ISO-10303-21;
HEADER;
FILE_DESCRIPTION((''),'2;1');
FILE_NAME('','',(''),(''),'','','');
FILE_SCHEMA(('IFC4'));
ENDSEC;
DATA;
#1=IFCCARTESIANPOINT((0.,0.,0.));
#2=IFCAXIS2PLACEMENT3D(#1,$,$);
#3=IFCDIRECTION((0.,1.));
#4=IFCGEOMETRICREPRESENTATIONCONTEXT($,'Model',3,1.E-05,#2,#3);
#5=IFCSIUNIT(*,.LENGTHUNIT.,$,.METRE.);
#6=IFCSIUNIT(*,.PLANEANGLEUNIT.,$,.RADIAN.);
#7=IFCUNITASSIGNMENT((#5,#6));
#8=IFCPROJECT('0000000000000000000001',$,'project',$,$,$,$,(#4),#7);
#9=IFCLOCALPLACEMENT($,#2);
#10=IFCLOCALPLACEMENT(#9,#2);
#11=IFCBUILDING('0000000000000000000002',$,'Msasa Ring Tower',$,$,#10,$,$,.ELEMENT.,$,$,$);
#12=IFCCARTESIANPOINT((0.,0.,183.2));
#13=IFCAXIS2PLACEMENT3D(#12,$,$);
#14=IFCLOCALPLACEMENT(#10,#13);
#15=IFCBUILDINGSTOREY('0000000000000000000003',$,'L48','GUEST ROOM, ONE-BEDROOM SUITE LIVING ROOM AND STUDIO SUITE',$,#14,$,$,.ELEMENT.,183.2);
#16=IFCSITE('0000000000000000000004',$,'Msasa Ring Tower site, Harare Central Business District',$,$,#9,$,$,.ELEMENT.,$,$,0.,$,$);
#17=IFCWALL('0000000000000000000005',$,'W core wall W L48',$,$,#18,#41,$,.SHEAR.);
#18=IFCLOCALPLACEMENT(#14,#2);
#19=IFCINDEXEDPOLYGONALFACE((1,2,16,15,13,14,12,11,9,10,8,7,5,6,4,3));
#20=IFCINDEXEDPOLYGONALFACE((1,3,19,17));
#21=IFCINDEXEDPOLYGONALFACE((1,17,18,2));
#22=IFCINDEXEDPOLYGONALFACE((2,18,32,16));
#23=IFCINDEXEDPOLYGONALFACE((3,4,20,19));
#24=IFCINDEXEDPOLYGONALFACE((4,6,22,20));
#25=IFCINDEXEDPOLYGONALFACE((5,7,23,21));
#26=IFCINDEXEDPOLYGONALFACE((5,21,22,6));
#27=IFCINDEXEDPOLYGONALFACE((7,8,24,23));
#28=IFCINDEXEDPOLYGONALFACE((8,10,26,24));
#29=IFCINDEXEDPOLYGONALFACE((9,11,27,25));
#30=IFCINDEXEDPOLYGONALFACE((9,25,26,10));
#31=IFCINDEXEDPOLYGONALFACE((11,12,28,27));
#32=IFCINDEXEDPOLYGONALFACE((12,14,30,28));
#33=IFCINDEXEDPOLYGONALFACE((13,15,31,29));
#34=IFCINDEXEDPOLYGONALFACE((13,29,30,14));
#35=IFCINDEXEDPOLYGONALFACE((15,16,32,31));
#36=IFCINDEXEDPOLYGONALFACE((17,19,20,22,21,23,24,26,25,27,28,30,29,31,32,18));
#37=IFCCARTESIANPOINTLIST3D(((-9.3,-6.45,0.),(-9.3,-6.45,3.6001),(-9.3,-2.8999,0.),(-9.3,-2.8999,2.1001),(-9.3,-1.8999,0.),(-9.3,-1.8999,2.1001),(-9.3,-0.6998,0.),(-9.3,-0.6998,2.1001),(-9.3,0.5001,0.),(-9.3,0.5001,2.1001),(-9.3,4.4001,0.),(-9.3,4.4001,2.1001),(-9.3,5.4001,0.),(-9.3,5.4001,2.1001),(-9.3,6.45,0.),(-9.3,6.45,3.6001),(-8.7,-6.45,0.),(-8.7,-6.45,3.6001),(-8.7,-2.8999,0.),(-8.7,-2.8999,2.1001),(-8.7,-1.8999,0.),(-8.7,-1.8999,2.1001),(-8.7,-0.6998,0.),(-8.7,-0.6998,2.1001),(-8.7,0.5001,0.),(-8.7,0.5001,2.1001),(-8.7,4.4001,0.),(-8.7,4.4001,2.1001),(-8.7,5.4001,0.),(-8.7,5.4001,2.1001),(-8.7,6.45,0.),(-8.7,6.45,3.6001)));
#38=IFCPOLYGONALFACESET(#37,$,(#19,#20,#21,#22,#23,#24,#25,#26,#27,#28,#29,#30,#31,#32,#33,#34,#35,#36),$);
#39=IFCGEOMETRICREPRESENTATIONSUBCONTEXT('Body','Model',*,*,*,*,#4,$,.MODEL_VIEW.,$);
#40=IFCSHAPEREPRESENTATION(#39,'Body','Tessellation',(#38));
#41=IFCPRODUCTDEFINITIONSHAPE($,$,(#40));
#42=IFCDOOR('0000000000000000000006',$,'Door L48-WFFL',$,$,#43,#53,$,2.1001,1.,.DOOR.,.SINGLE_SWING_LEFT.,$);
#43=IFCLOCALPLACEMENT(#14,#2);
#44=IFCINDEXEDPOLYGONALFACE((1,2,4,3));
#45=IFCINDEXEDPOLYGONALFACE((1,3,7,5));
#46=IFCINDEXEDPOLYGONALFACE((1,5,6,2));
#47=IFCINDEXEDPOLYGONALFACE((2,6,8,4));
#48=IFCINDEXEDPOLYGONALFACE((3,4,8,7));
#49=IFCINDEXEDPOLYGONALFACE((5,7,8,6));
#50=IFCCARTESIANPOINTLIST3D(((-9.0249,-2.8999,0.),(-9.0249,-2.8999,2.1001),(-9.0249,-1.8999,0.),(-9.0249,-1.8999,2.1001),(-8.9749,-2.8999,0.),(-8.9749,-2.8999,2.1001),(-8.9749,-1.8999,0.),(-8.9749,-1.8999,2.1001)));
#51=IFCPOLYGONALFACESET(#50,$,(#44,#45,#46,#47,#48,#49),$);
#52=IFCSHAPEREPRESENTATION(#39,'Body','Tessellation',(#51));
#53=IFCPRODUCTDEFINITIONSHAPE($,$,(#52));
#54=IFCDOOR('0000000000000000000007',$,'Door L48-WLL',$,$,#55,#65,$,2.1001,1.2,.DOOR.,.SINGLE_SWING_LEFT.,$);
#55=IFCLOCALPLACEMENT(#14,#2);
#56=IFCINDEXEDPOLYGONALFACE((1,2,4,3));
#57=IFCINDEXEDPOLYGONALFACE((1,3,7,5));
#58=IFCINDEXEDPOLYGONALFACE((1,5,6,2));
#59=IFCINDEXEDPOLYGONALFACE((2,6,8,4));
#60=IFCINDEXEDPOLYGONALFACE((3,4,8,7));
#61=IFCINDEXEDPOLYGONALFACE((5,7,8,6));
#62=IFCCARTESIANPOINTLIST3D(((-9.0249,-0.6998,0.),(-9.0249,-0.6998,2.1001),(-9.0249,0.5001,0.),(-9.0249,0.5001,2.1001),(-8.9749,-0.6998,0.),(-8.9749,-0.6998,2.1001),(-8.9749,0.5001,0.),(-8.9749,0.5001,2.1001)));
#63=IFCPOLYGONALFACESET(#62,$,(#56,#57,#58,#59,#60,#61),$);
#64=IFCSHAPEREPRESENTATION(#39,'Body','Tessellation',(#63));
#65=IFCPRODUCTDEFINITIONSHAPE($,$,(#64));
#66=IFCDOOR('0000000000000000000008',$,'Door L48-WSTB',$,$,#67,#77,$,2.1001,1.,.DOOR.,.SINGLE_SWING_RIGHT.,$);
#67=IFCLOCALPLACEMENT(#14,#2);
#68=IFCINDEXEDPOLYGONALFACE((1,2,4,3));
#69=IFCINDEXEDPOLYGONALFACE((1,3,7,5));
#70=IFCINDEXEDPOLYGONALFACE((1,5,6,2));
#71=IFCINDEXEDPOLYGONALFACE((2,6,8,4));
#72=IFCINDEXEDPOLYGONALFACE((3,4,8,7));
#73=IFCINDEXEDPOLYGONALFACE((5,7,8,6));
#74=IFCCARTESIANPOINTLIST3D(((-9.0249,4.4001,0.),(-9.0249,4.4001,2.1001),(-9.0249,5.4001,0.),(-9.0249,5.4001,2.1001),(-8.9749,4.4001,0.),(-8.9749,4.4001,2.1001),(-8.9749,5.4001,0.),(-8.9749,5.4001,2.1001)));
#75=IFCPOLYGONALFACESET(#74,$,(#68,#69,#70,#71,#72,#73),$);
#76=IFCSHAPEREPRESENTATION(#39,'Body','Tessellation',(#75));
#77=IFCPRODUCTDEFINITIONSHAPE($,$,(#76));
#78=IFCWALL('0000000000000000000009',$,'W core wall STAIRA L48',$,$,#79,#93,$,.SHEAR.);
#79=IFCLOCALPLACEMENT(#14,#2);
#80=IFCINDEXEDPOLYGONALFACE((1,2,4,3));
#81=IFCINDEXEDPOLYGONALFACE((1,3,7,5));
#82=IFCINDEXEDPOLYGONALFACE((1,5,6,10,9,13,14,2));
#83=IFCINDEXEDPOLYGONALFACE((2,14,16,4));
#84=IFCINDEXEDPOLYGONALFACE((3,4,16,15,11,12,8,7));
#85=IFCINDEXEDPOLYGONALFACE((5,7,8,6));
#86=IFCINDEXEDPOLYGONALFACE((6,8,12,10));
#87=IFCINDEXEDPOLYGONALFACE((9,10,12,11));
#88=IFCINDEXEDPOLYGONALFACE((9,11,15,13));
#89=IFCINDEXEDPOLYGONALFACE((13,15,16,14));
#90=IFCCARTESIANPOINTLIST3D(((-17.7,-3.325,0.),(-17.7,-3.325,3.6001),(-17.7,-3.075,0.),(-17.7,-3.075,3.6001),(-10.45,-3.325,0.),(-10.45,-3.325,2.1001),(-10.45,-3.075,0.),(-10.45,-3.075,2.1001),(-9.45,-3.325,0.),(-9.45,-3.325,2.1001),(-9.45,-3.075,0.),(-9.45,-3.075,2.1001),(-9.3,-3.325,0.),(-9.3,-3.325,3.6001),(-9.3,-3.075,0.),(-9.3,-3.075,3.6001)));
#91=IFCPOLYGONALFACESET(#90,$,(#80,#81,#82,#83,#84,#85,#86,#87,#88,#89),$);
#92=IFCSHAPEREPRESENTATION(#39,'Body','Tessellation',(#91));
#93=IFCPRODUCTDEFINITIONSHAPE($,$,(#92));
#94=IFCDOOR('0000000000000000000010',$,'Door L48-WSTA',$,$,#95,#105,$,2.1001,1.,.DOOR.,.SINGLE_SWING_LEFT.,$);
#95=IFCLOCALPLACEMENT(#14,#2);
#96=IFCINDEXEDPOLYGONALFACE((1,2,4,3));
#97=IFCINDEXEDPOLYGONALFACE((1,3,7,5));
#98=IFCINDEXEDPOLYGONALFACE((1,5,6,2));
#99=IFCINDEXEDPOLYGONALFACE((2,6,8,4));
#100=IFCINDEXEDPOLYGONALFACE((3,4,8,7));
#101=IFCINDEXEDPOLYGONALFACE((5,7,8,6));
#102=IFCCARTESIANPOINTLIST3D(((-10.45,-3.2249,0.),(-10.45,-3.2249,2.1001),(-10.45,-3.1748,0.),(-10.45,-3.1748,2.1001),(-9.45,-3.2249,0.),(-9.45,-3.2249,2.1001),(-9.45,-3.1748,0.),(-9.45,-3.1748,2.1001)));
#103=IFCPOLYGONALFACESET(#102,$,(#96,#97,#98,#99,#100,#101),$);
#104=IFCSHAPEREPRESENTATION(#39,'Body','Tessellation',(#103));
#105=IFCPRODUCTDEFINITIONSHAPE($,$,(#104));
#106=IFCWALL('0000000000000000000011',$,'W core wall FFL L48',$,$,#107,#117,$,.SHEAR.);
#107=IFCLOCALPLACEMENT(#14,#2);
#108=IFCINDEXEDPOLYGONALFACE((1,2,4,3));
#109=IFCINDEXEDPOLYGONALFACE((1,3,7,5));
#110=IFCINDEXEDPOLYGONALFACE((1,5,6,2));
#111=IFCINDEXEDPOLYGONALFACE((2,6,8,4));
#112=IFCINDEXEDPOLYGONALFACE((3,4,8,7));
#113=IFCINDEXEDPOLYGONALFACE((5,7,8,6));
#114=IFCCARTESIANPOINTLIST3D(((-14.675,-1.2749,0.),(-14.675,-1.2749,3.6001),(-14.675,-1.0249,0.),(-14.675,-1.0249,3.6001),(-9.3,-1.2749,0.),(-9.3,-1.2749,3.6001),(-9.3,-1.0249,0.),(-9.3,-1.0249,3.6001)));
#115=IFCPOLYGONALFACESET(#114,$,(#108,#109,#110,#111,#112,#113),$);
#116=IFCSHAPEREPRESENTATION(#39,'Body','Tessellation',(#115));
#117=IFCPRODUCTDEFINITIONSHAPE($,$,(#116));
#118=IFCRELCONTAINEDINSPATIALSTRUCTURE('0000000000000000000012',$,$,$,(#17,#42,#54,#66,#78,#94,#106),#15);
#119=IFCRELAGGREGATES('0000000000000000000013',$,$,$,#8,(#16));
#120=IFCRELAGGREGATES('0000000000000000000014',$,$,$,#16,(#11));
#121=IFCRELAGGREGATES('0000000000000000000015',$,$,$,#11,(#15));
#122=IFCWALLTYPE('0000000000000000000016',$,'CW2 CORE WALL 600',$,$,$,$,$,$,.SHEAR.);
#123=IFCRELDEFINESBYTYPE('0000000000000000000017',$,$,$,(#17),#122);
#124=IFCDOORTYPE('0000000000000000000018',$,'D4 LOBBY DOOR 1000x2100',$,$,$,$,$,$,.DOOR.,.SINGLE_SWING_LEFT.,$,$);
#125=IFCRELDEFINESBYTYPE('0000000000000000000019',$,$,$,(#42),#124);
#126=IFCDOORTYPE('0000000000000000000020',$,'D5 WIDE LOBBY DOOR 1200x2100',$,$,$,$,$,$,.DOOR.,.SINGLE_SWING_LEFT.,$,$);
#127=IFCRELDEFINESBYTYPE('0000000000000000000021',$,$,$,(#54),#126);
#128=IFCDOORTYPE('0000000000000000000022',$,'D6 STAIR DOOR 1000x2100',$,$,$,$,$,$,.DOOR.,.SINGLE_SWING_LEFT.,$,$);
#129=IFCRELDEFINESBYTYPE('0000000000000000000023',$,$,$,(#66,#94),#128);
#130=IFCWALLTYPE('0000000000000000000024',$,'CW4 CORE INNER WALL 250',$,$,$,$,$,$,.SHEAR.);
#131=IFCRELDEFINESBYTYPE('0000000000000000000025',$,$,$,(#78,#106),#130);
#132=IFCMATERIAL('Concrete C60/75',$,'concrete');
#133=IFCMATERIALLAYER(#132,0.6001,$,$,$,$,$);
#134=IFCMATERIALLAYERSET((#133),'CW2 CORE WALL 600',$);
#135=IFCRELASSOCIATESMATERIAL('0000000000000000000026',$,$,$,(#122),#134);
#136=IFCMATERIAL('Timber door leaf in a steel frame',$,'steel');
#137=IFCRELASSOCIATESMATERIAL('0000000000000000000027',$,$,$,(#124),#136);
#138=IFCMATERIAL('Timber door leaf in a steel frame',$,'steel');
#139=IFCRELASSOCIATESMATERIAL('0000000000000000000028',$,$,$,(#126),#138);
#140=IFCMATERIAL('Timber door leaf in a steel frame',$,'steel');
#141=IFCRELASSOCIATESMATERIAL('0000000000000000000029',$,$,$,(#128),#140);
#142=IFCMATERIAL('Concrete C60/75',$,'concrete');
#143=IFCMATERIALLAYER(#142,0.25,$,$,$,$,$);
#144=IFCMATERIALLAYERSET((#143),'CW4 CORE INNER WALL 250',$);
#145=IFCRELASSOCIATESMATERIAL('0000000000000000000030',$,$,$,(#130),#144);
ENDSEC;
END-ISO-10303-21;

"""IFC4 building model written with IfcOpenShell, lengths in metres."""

from ifc_helpers import new_model, si_unit, direction, frame, frame_2d, origin, place, context, subcontext, project, spatial, rectangle, extrude, material, layer, layer_set, type_object, element, fill, save


model = new_model("IFC4")

# Units and contexts
model_context = context("Model", 3, precision=1e-05, world=origin(), true_north=direction((0.0, 1.0)))
body_context = subcontext(model_context, "Body", "Model", "MODEL_VIEW")
ifc_project = project(units=[si_unit("LENGTHUNIT", "METRE"), si_unit("PLANEANGLEUNIT", "RADIAN")], contexts=[model_context])

# Site, building, storey
site_placement = place(None, origin())
site = spatial("IfcSite", under=ifc_project, at=site_placement, Name="Msasa Ring Tower site, Harare Central Business District", CompositionType="ELEMENT", RefElevation=0.0)
building_placement = place(site_placement, origin())
building = spatial("IfcBuilding", under=site, at=building_placement, Name="Msasa Ring Tower", CompositionType="ELEMENT")
storey_placement = place(building_placement, frame((0.0, 0.0, 183.2)))
storey = spatial("IfcBuildingStorey", under=building, at=storey_placement, Name="L48", Description="GUEST ROOM, ONE-BEDROOM SUITE LIVING ROOM AND STUDIO SUITE", CompositionType="ELEMENT", Elevation=183.2)

# Shared definitions
ifc_material_1 = material(Name="Concrete C60/75", Category="concrete")
ifc_layer_1 = layer(ifc_material_1, 0.6001)
ifc_layer_set_1 = layer_set([ifc_layer_1], Name="CW2 CORE WALL 600")
wall_type_1 = type_object("IfcWallType", Name="CW2 CORE WALL 600", PredefinedType="SHEAR", material=ifc_layer_set_1)

# Wall, openings, doors
wall_1_placement = place(storey_placement, frame((-9.0, -6.45, 0.0), z_axis=(0.0, 0.0, 1.0), x_axis=(0.0, 1.0, 0.0)))
wall_1 = element("IfcWall", 1, at=wall_1_placement, inside=storey, type_object=wall_type_1, Name="W core wall W L48", PredefinedType="SHEAR", context=body_context, shape_type="SweptSolid", body=[
    extrude(rectangle(XDim=12.8999, YDim=0.6001, at=frame_2d((6.45, 0.0))), origin(), (0.0, 0.0, 1.0), 3.6001),
])
opening_1_placement = place(wall_1_placement, frame((3.55, 0.0, 0.0)))
opening_1 = element("IfcOpeningElement", 2, at=opening_1_placement, cuts=wall_1, PredefinedType="OPENING", context=body_context, shape_type="SweptSolid", body=[
    extrude(rectangle(XDim=1.0, YDim=2.1001, at=frame_2d((0.5, 1.05))), frame((0.0, 0.3101, 0.0), z_axis=(0.0, -1.0, 0.0), x_axis=(1.0, 0.0, 0.0)), (0.0, 0.0, 1.0), 0.6201),
])
opening_2_placement = place(wall_1_placement, frame((5.75, 0.0, 0.0)))
opening_2 = element("IfcOpeningElement", 3, at=opening_2_placement, cuts=wall_1, PredefinedType="OPENING", context=body_context, shape_type="SweptSolid", body=[
    extrude(rectangle(XDim=1.2, YDim=2.1001, at=frame_2d((0.6001, 1.05))), frame((0.0, 0.3101, 0.0), z_axis=(0.0, -1.0, 0.0), x_axis=(1.0, 0.0, 0.0)), (0.0, 0.0, 1.0), 0.6201),
])
opening_3_placement = place(wall_1_placement, frame((10.8501, 0.0, 0.0)))
opening_3 = element("IfcOpeningElement", 4, at=opening_3_placement, cuts=wall_1, PredefinedType="OPENING", context=body_context, shape_type="SweptSolid", body=[
    extrude(rectangle(XDim=1.0, YDim=2.1001, at=frame_2d((0.5, 1.05))), frame((0.0, 0.3101, 0.0), z_axis=(0.0, -1.0, 0.0), x_axis=(1.0, 0.0, 0.0)), (0.0, 0.0, 1.0), 0.6201),
])
ifc_material_2 = material(Name="Timber door leaf in a steel frame", Category="steel")
door_type_1 = type_object("IfcDoorType", Name="D4 LOBBY DOOR 1000x2100", OperationType="SINGLE_SWING_LEFT", PredefinedType="DOOR", material=ifc_material_2)
door_1_placement = place(opening_1_placement, origin())
door_1 = element("IfcDoor", 5, at=door_1_placement, inside=storey, type_object=door_type_1, Name="Door L48-WFFL", OperationType="SINGLE_SWING_LEFT", OverallHeight=2.1001, OverallWidth=1.0, PredefinedType="DOOR", context=body_context, shape_type="SweptSolid", body=[
    extrude(rectangle(XDim=1.0, YDim=2.1001, at=frame_2d((0.5, 1.05))), frame((0.0, 0.0249, 0.0), z_axis=(0.0, -1.0, 0.0), x_axis=(1.0, 0.0, 0.0)), (0.0, 0.0, 1.0), 0.05),
])
fill(opening_1, door_1)
ifc_material_3 = material(Name="Timber door leaf in a steel frame", Category="steel")
door_type_2 = type_object("IfcDoorType", Name="D5 WIDE LOBBY DOOR 1200x2100", OperationType="SINGLE_SWING_LEFT", PredefinedType="DOOR", material=ifc_material_3)
door_2_placement = place(opening_2_placement, origin())
door_2 = element("IfcDoor", 6, at=door_2_placement, inside=storey, type_object=door_type_2, Name="Door L48-WLL", OperationType="SINGLE_SWING_LEFT", OverallHeight=2.1001, OverallWidth=1.2, PredefinedType="DOOR", context=body_context, shape_type="SweptSolid", body=[
    extrude(rectangle(XDim=1.2, YDim=2.1001, at=frame_2d((0.6001, 1.05))), frame((0.0, 0.0249, 0.0), z_axis=(0.0, -1.0, 0.0), x_axis=(1.0, 0.0, 0.0)), (0.0, 0.0, 1.0), 0.05),
])
fill(opening_2, door_2)
ifc_material_4 = material(Name="Timber door leaf in a steel frame", Category="steel")
door_type_3 = type_object("IfcDoorType", Name="D6 STAIR DOOR 1000x2100", OperationType="SINGLE_SWING_LEFT", PredefinedType="DOOR", material=ifc_material_4)
door_3_placement = place(opening_3_placement, origin())
door_3 = element("IfcDoor", 7, at=door_3_placement, inside=storey, type_object=door_type_3, Name="Door L48-WSTB", OperationType="SINGLE_SWING_RIGHT", OverallHeight=2.1001, OverallWidth=1.0, PredefinedType="DOOR", context=body_context, shape_type="SweptSolid", body=[
    extrude(rectangle(XDim=1.0, YDim=2.1001, at=frame_2d((0.5, 1.05))), frame((0.0, 0.0249, 0.0), z_axis=(0.0, -1.0, 0.0), x_axis=(1.0, 0.0, 0.0)), (0.0, 0.0, 1.0), 0.05),
])
fill(opening_3, door_3)

# Wall, opening, door
ifc_material_5 = material(Name="Concrete C60/75", Category="concrete")
ifc_layer_2 = layer(ifc_material_5, 0.25)
ifc_layer_set_2 = layer_set([ifc_layer_2], Name="CW4 CORE INNER WALL 250")
wall_type_2 = type_object("IfcWallType", Name="CW4 CORE INNER WALL 250", PredefinedType="SHEAR", material=ifc_layer_set_2)
wall_2_placement = place(storey_placement, frame((-9.3, -3.2, 0.0), z_axis=(0.0, 0.0, 1.0), x_axis=(-1.0, 0.0, 0.0)))
wall_2 = element("IfcWall", 8, at=wall_2_placement, inside=storey, type_object=wall_type_2, Name="W core wall STAIRA L48", PredefinedType="SHEAR", context=body_context, shape_type="SweptSolid", body=[
    extrude(rectangle(XDim=8.3999, YDim=0.25, at=frame_2d((4.2, 0.0))), origin(), (0.0, 0.0, 1.0), 3.6001),
])
opening_4_placement = place(wall_2_placement, frame((0.1499, 0.0, 0.0)))
opening_4 = element("IfcOpeningElement", 9, at=opening_4_placement, cuts=wall_2, PredefinedType="OPENING", context=body_context, shape_type="SweptSolid", body=[
    extrude(rectangle(XDim=1.0, YDim=2.1001, at=frame_2d((0.5, 1.05))), frame((0.0, 0.135, 0.0), z_axis=(0.0, -1.0, 0.0), x_axis=(1.0, 0.0, 0.0)), (0.0, 0.0, 1.0), 0.27),
])
door_4_placement = place(opening_4_placement, origin())
door_4 = element("IfcDoor", 10, at=door_4_placement, inside=storey, type_object=door_type_3, Name="Door L48-WSTA", OperationType="SINGLE_SWING_LEFT", OverallHeight=2.1001, OverallWidth=1.0, PredefinedType="DOOR", context=body_context, shape_type="SweptSolid", body=[
    extrude(rectangle(XDim=1.0, YDim=2.1001, at=frame_2d((0.5, 1.05))), frame((0.0, 0.0249, 0.0), z_axis=(0.0, -1.0, 0.0), x_axis=(1.0, 0.0, 0.0)), (0.0, 0.0, 1.0), 0.05),
])
fill(opening_4, door_4)

# Wall
wall_3_placement = place(storey_placement, frame((-9.3, -1.1499, 0.0), z_axis=(0.0, 0.0, 1.0), x_axis=(-1.0, 0.0, 0.0)))
element("IfcWall", 11, at=wall_3_placement, inside=storey, type_object=wall_type_2, Name="W core wall FFL L48", PredefinedType="SHEAR", context=body_context, shape_type="SweptSolid", body=[
    extrude(rectangle(XDim=5.375, YDim=0.25, at=frame_2d((2.6875, 0.0))), origin(), (0.0, 0.0, 1.0), 3.6001),
])

save(model, "model.ifc")
